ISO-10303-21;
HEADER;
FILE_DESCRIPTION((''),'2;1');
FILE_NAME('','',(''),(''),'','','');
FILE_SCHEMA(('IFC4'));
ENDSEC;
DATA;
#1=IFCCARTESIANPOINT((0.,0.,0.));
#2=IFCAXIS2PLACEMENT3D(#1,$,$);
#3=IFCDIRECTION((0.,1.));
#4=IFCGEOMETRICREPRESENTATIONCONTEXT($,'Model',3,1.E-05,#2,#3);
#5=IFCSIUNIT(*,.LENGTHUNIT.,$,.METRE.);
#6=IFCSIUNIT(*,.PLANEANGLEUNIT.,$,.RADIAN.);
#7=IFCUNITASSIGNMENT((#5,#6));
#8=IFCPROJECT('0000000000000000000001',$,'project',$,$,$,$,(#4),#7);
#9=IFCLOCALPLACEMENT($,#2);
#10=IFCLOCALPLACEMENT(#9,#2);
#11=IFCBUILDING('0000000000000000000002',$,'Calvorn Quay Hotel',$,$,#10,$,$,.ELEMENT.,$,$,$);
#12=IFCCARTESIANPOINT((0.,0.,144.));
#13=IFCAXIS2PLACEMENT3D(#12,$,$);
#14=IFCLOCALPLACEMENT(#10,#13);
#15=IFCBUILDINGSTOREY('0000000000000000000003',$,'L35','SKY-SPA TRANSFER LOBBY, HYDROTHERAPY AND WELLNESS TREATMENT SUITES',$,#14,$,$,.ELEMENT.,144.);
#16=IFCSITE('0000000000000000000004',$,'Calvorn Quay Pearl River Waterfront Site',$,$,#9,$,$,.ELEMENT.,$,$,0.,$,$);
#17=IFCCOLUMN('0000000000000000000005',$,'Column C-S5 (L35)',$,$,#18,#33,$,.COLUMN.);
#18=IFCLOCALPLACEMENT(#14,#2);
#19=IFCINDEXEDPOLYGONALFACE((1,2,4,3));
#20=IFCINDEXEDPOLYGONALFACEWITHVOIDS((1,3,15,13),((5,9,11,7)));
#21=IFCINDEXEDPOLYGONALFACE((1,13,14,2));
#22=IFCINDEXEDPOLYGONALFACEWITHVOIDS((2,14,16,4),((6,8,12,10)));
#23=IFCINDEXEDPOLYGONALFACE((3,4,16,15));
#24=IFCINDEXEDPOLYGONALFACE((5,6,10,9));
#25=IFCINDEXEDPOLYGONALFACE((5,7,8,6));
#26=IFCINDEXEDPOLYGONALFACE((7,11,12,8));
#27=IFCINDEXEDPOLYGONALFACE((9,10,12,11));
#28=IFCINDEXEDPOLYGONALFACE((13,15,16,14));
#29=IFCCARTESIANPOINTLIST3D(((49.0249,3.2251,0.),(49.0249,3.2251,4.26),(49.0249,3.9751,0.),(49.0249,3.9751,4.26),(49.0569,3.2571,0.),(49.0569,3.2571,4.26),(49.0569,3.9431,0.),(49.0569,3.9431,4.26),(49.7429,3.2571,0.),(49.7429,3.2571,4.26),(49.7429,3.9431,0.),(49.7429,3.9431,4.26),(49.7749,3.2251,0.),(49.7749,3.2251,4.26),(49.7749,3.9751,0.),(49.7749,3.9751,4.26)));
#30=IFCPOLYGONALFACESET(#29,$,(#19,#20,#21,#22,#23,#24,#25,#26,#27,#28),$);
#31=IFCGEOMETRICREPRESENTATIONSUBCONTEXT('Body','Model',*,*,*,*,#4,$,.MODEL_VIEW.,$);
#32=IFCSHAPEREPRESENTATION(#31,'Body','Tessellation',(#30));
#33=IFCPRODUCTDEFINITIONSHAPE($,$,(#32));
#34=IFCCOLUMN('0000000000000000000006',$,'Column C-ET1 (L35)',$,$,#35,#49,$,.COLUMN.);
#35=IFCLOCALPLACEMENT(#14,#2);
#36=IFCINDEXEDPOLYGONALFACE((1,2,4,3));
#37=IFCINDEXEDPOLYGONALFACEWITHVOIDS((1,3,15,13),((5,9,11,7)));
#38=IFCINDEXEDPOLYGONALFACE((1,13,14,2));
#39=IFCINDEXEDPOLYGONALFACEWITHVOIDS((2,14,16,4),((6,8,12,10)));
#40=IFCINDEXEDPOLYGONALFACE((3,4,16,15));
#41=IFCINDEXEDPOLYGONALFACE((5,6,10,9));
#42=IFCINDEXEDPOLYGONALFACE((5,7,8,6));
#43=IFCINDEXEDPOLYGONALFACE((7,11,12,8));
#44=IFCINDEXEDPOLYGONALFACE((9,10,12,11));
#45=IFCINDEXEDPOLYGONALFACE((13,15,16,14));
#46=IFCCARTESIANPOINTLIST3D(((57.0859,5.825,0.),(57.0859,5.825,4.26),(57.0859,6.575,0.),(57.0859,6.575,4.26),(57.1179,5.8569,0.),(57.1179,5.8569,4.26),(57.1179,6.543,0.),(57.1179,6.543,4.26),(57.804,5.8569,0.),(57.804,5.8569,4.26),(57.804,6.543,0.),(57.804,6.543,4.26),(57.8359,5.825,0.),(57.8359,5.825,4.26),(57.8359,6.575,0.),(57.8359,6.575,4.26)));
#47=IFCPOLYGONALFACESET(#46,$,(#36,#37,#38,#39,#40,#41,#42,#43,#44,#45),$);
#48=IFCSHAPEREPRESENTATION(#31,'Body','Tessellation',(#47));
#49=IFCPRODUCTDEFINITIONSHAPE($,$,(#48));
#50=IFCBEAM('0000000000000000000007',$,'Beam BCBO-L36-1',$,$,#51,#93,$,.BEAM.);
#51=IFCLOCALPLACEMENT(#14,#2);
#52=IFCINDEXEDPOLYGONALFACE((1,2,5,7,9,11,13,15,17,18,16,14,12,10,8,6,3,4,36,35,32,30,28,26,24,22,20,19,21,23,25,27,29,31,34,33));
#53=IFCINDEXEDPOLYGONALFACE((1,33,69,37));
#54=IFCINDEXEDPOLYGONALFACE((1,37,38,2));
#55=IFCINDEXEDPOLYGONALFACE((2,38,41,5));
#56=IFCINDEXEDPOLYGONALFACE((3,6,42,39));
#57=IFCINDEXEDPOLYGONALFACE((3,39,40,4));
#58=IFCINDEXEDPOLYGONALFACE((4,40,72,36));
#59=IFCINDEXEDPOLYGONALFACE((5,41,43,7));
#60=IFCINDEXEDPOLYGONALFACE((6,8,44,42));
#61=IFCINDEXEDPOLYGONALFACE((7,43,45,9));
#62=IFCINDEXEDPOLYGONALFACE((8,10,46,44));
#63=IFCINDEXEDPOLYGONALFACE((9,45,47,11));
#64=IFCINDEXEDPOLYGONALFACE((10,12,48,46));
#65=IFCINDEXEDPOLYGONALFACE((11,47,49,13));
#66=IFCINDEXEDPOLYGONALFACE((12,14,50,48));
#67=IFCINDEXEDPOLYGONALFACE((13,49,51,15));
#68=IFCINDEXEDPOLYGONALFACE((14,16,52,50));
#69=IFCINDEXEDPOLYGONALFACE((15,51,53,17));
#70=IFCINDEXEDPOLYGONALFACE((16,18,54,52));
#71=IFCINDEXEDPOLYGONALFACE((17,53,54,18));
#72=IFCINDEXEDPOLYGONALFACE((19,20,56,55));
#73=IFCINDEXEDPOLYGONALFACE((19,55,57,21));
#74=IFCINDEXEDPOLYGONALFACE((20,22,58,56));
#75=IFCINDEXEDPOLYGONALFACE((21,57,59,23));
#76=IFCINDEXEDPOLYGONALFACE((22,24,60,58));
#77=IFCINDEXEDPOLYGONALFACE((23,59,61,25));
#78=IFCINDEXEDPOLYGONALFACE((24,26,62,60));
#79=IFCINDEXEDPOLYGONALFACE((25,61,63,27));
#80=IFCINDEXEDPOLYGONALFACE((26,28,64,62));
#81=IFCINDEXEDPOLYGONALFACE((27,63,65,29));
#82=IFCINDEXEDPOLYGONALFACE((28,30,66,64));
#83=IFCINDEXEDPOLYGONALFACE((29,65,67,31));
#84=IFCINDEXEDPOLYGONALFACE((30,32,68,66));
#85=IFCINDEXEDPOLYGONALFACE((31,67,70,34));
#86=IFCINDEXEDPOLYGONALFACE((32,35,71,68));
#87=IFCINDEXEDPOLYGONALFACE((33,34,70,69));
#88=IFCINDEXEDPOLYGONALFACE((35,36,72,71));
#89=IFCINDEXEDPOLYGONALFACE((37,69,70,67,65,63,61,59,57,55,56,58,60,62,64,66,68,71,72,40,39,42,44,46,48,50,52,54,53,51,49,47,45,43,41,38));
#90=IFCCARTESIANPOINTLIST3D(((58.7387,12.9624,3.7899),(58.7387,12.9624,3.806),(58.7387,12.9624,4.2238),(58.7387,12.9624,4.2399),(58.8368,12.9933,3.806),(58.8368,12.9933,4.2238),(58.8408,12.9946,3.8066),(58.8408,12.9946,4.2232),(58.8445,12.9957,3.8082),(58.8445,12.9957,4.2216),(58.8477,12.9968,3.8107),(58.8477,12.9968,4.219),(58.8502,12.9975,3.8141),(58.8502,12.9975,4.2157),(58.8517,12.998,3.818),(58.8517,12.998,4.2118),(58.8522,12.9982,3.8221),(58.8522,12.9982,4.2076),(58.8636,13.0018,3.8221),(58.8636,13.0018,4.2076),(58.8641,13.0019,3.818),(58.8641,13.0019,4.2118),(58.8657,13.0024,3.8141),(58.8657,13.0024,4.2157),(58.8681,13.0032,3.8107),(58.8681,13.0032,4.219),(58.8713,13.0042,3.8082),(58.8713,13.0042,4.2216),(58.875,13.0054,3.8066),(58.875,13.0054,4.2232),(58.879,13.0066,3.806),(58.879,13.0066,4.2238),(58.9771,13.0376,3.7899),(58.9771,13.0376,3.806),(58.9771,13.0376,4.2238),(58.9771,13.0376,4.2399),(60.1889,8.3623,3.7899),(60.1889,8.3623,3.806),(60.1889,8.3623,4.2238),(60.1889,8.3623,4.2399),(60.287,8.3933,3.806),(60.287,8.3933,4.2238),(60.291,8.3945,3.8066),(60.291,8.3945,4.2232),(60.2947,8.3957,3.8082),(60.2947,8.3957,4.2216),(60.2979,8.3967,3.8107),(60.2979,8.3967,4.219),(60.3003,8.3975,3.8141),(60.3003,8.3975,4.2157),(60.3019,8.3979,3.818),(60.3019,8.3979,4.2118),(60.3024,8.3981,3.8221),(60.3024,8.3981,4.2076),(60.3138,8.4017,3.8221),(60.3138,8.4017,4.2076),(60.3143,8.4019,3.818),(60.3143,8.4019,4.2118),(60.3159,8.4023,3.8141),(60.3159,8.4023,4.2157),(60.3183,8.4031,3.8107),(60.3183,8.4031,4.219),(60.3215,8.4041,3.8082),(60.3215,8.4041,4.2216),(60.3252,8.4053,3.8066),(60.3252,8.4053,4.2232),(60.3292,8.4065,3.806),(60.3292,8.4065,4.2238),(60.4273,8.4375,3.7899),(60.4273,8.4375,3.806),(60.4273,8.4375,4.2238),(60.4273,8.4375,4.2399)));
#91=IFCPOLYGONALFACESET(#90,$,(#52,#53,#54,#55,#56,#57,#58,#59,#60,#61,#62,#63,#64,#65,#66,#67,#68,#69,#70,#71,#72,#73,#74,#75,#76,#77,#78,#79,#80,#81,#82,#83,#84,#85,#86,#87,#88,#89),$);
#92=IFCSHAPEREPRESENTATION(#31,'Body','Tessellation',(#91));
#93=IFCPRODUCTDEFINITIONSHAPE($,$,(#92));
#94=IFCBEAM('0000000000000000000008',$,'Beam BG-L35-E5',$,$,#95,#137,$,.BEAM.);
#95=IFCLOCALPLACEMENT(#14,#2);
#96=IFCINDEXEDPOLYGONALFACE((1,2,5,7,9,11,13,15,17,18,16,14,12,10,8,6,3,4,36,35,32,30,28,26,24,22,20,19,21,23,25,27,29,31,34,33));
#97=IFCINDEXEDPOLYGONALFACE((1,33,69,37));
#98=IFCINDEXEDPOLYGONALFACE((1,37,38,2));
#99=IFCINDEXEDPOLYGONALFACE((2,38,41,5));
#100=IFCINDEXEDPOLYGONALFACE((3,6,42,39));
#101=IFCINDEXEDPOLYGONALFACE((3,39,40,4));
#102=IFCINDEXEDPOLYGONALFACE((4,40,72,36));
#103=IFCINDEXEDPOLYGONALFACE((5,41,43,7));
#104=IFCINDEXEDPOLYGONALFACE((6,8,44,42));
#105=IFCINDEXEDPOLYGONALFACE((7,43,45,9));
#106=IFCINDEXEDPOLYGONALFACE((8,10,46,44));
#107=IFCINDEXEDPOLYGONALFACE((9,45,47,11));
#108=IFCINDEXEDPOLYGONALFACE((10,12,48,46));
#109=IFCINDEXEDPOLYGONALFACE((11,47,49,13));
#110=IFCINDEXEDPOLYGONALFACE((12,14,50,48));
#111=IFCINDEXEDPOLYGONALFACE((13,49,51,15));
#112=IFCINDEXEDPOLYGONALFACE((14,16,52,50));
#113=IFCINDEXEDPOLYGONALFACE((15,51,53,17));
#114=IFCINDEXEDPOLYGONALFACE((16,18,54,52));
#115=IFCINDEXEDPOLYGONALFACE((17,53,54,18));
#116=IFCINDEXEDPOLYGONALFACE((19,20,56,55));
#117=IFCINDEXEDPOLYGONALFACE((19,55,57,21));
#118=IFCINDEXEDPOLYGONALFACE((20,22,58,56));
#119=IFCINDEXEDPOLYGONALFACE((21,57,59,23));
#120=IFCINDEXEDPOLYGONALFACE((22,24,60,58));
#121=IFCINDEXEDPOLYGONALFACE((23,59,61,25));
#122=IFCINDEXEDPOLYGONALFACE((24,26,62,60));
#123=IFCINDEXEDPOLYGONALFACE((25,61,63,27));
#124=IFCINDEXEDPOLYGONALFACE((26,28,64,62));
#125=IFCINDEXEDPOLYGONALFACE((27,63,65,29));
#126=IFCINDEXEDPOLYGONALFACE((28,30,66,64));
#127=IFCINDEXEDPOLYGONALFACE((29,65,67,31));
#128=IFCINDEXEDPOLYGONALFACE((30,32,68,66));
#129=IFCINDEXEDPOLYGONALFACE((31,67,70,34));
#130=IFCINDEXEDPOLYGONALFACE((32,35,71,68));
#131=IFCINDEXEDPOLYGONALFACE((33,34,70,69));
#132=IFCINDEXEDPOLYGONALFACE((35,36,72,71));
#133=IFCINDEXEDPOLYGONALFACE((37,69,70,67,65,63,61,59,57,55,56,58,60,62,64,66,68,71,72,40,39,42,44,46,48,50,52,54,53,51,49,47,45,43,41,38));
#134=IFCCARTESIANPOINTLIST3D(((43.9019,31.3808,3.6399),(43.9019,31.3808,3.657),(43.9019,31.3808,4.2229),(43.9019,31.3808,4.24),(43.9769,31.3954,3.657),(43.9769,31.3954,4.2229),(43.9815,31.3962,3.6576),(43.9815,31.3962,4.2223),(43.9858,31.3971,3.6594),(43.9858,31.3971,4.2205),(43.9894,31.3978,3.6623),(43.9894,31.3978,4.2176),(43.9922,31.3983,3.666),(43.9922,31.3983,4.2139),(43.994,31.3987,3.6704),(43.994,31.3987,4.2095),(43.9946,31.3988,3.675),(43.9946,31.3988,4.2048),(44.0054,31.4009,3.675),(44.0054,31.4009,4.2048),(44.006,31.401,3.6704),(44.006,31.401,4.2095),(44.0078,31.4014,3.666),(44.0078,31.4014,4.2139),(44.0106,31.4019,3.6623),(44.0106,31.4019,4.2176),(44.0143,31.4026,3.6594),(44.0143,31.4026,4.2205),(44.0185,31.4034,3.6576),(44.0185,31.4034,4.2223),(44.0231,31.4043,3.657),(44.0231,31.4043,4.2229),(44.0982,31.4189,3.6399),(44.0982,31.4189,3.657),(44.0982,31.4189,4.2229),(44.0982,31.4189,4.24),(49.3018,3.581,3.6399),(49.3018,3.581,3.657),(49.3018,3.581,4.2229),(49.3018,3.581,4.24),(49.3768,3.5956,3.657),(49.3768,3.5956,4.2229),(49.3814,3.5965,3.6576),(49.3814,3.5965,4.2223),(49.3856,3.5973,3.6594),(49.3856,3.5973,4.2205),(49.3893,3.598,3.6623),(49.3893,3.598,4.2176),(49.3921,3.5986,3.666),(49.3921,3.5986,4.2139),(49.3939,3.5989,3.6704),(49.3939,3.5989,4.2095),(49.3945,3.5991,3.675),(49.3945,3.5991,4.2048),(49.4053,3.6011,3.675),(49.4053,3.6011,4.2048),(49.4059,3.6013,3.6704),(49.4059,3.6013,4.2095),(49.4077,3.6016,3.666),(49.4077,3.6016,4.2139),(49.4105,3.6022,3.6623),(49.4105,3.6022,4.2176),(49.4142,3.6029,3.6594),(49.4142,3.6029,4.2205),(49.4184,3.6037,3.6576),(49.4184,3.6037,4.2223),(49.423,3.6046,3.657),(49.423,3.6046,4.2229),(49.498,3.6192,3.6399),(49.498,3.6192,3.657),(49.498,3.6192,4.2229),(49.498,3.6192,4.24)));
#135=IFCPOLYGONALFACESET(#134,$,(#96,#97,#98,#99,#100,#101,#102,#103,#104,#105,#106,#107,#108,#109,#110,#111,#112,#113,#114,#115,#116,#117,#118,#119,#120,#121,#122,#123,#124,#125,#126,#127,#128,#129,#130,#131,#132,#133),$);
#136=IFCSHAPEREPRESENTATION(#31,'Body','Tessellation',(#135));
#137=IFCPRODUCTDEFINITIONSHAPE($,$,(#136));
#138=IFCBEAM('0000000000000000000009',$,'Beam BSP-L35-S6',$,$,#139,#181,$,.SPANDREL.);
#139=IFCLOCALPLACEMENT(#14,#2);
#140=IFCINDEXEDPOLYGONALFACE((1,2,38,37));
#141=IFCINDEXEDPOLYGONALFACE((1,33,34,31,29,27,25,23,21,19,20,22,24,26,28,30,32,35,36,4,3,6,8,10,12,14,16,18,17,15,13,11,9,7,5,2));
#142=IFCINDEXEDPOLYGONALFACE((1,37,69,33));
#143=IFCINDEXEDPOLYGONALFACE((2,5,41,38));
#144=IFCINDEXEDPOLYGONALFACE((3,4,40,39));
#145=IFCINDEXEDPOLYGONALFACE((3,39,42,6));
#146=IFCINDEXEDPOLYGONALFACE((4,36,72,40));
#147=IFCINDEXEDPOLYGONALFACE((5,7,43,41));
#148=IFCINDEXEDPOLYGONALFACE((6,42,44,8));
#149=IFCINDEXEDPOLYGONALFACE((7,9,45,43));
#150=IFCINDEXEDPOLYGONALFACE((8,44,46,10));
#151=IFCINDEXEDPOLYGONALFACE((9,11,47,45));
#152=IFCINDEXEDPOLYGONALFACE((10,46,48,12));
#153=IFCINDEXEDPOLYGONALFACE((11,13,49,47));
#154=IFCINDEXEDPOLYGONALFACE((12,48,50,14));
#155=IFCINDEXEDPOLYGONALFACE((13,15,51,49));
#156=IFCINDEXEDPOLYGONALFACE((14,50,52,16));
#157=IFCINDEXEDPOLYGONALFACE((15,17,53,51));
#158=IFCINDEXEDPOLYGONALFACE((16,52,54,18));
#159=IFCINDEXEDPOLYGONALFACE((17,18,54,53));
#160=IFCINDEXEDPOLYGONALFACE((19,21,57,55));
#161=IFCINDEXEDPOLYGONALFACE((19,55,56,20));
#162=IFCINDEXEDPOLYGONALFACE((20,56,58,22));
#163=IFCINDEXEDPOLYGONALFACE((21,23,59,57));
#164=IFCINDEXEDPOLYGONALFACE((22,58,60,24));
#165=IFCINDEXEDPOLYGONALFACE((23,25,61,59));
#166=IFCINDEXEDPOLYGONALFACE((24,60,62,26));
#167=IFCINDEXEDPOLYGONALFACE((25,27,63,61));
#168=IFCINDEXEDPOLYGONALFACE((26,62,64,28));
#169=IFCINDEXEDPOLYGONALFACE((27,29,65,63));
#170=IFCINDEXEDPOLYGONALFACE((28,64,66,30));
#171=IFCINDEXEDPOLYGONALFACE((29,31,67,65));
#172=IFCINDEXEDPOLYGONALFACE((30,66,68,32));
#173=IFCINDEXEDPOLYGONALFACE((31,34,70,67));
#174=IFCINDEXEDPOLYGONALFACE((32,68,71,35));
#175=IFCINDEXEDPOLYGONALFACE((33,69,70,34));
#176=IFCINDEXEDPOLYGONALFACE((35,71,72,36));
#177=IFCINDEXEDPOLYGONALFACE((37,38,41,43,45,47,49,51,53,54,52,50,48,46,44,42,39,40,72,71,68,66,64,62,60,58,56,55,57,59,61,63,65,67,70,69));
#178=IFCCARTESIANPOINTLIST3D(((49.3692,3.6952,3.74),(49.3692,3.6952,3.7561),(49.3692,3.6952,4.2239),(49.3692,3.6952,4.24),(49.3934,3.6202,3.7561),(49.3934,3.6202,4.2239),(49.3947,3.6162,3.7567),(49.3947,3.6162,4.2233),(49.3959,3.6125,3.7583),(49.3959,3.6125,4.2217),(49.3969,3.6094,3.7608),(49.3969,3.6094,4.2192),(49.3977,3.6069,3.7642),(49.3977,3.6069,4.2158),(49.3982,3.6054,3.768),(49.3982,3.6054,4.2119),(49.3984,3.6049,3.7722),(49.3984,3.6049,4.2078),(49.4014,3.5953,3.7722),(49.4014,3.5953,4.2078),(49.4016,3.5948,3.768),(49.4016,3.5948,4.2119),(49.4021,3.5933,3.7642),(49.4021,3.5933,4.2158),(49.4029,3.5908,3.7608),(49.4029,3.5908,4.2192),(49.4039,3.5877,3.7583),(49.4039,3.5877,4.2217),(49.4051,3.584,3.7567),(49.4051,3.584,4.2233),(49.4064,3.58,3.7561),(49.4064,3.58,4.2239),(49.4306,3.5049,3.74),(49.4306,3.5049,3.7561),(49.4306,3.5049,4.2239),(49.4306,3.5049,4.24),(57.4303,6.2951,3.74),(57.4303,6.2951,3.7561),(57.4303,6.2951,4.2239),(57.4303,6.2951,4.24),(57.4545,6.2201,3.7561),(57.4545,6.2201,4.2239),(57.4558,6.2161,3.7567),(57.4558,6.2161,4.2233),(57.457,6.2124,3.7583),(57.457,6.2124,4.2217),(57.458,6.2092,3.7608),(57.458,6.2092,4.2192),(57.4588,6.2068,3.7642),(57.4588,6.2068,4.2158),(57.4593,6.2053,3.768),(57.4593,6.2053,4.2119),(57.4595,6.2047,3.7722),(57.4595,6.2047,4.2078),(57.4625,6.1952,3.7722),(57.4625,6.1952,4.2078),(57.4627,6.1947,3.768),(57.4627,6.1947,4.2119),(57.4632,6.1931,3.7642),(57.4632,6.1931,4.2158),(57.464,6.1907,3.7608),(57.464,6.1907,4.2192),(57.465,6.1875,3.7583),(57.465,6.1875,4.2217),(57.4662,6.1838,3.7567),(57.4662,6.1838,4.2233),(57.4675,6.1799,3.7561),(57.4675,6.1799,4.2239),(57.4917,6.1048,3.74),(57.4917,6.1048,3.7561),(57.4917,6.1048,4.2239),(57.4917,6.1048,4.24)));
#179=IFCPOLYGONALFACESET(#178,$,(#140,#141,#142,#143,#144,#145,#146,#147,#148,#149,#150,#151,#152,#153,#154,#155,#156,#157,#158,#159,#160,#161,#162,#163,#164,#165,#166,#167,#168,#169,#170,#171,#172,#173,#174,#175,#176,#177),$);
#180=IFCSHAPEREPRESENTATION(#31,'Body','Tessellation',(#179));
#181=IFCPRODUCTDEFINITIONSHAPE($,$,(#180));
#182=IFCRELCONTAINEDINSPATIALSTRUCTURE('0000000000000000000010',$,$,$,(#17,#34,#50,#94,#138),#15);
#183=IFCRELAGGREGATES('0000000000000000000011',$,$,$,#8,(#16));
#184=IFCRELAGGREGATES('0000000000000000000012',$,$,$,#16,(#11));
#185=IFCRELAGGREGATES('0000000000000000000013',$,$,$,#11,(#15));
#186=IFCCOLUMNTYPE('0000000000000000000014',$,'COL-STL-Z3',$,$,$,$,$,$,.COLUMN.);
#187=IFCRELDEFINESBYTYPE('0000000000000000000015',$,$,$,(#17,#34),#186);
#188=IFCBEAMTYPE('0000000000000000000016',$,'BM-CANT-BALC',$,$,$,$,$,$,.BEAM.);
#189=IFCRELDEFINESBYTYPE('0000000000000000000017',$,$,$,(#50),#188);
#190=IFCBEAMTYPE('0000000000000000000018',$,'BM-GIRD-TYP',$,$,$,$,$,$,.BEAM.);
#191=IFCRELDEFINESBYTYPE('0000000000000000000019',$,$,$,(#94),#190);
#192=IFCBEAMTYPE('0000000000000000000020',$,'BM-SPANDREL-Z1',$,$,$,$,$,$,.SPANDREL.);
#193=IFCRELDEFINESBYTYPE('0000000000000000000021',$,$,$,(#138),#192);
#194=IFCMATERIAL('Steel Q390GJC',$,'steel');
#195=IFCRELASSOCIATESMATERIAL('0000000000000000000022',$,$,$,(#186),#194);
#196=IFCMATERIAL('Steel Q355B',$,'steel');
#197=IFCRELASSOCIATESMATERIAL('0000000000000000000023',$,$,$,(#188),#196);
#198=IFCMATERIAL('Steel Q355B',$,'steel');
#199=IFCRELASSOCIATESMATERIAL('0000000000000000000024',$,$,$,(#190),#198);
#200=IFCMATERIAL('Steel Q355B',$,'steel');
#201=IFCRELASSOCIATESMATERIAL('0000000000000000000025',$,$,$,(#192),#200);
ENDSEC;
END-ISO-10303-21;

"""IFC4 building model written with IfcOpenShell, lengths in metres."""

from ifc_helpers import new_model, si_unit, direction, frame, origin, origin_2d, place, context, subcontext, project, spatial, hollow_rectangle, i_section, extrude, material, material_profile, profile_set, type_object, element, save


model = new_model("IFC4")

# Units and contexts
model_context = context("Model", 3, precision=1e-05, world=origin(), true_north=direction((0.0, 1.0)))
body_context = subcontext(model_context, "Body", "Model", "MODEL_VIEW")
ifc_project = project(units=[si_unit("LENGTHUNIT", "METRE"), si_unit("PLANEANGLEUNIT", "RADIAN")], contexts=[model_context])

# Site, building, storey
site_placement = place(None, origin())
site = spatial("IfcSite", under=ifc_project, at=site_placement, Name="Calvorn Quay Pearl River Waterfront Site", CompositionType="ELEMENT", RefElevation=0.0)
building_placement = place(site_placement, origin())
building = spatial("IfcBuilding", under=site, at=building_placement, Name="Calvorn Quay Hotel", CompositionType="ELEMENT")
storey_placement = place(building_placement, frame((0.0, 0.0, 144.0)))
storey = spatial("IfcBuildingStorey", under=building, at=storey_placement, Name="L35", Description="SKY-SPA TRANSFER LOBBY, HYDROTHERAPY AND WELLNESS TREATMENT SUITES", CompositionType="ELEMENT", Elevation=144.0)

# Columns
ifc_material_1 = material(Name="Steel Q390GJC", Category="steel")
ifc_material_profile_1 = material_profile(ifc_material_1, hollow_rectangle(XDim=0.75, YDim=0.75, WallThickness=0.032, at=origin_2d()), Name="BOX750x750x32")
ifc_profile_set_1 = profile_set([ifc_material_profile_1], Name="Steel Q390GJC")
column_type = type_object("IfcColumnType", Name="COL-STL-Z3", PredefinedType="COLUMN", material=ifc_profile_set_1)
for number, where, z_axis, x_axis, name in (
    (1, (49.3999, 3.6001, 0.0), (0.0, 0.0, 1.0), (1.0, 0.0, 0.0), "Column C-S5 (L35)"),
    (2, (57.4609, 6.2, 0.0), (0.0, 0.0, 1.0), (1.0, 0.0, 0.0), "Column C-ET1 (L35)"),
):
    element("IfcColumn", number, at=place(storey_placement, frame(where, z_axis=z_axis, x_axis=x_axis)), inside=storey, type_object=column_type, Name=name, PredefinedType="COLUMN", context=body_context, shape_type="SweptSolid", body=[
        extrude(hollow_rectangle(XDim=0.75, YDim=0.75, WallThickness=0.032, at=origin_2d()), origin(), (0.0, 0.0, 1.0), 4.26),
    ])

# Beams
ifc_material_2 = material(Name="Steel Q355B", Category="steel")
ifc_material_profile_2 = material_profile(ifc_material_2, i_section(OverallWidth=0.25, OverallDepth=0.45, WebThickness=0.012, FlangeThickness=0.0161, FilletRadius=0.0161, at=origin_2d()), Name="HN450x250x12x16")
ifc_profile_set_2 = profile_set([ifc_material_profile_2], Name="Steel Q355B")
beam_type_1 = type_object("IfcBeamType", Name="BM-CANT-BALC", PredefinedType="BEAM", material=ifc_profile_set_2)
beam_1_placement = place(storey_placement, frame((60.3081, 8.3999, 4.0149), z_axis=(-0.300666, 0.953729, 0.0), x_axis=(-0.953729, -0.300666, 0.0)))
element("IfcBeam", 3, at=beam_1_placement, inside=storey, type_object=beam_type_1, Name="Beam BCBO-L36-1", PredefinedType="BEAM", context=body_context, shape_type="SweptSolid", body=[
    extrude(i_section(OverallWidth=0.25, OverallDepth=0.45, WebThickness=0.012, FlangeThickness=0.0161, FilletRadius=0.0161, at=origin_2d()), origin(), (0.0, 0.0, 1.0), 4.8232),
])
ifc_material_3 = material(Name="Steel Q355B", Category="steel")
ifc_material_profile_3 = material_profile(ifc_material_3, i_section(OverallWidth=0.2, OverallDepth=0.6001, WebThickness=0.011, FlangeThickness=0.0171, FilletRadius=0.0181, at=origin_2d()), Name="HN600x200x11x17")
ifc_profile_set_3 = profile_set([ifc_material_profile_3], Name="Steel Q355B")
beam_type_2 = type_object("IfcBeamType", Name="BM-GIRD-TYP", PredefinedType="BEAM", material=ifc_profile_set_3)
beam_2_placement = place(storey_placement, frame((49.3999, 3.6001, 3.9399), z_axis=(-0.190679, 0.981653, 0.0), x_axis=(-0.981653, -0.190679, 0.0)))
element("IfcBeam", 4, at=beam_2_placement, inside=storey, type_object=beam_type_2, Name="Beam BG-L35-E5", PredefinedType="BEAM", context=body_context, shape_type="SweptSolid", body=[
    extrude(i_section(OverallWidth=0.2, OverallDepth=0.6001, WebThickness=0.011, FlangeThickness=0.0171, FilletRadius=0.0181, at=origin_2d()), origin(), (0.0, 0.0, 1.0), 28.3193),
])
ifc_material_4 = material(Name="Steel Q355B", Category="steel")
ifc_material_profile_4 = material_profile(ifc_material_4, i_section(OverallWidth=0.2, OverallDepth=0.5, WebThickness=0.01, FlangeThickness=0.0161, FilletRadius=0.0161, at=origin_2d()), Name="HN500x200x10x16")
ifc_profile_set_4 = profile_set([ifc_material_profile_4], Name="Steel Q355B")
beam_type_3 = type_object("IfcBeamType", Name="BM-SPANDREL-Z1", PredefinedType="SPANDREL", material=ifc_profile_set_4)
beam_3_placement = place(storey_placement, frame((49.3999, 3.6001, 3.99), z_axis=(0.951725, 0.306951, 0.0), x_axis=(-0.306951, 0.951725, 0.0)))
element("IfcBeam", 5, at=beam_3_placement, inside=storey, type_object=beam_type_3, Name="Beam BSP-L35-S6", PredefinedType="SPANDREL", context=body_context, shape_type="SweptSolid", body=[
    extrude(i_section(OverallWidth=0.2, OverallDepth=0.5, WebThickness=0.01, FlangeThickness=0.0161, FilletRadius=0.0161, at=origin_2d()), origin(), (0.0, 0.0, 1.0), 8.47),
])

save(model, "model.ifc")
